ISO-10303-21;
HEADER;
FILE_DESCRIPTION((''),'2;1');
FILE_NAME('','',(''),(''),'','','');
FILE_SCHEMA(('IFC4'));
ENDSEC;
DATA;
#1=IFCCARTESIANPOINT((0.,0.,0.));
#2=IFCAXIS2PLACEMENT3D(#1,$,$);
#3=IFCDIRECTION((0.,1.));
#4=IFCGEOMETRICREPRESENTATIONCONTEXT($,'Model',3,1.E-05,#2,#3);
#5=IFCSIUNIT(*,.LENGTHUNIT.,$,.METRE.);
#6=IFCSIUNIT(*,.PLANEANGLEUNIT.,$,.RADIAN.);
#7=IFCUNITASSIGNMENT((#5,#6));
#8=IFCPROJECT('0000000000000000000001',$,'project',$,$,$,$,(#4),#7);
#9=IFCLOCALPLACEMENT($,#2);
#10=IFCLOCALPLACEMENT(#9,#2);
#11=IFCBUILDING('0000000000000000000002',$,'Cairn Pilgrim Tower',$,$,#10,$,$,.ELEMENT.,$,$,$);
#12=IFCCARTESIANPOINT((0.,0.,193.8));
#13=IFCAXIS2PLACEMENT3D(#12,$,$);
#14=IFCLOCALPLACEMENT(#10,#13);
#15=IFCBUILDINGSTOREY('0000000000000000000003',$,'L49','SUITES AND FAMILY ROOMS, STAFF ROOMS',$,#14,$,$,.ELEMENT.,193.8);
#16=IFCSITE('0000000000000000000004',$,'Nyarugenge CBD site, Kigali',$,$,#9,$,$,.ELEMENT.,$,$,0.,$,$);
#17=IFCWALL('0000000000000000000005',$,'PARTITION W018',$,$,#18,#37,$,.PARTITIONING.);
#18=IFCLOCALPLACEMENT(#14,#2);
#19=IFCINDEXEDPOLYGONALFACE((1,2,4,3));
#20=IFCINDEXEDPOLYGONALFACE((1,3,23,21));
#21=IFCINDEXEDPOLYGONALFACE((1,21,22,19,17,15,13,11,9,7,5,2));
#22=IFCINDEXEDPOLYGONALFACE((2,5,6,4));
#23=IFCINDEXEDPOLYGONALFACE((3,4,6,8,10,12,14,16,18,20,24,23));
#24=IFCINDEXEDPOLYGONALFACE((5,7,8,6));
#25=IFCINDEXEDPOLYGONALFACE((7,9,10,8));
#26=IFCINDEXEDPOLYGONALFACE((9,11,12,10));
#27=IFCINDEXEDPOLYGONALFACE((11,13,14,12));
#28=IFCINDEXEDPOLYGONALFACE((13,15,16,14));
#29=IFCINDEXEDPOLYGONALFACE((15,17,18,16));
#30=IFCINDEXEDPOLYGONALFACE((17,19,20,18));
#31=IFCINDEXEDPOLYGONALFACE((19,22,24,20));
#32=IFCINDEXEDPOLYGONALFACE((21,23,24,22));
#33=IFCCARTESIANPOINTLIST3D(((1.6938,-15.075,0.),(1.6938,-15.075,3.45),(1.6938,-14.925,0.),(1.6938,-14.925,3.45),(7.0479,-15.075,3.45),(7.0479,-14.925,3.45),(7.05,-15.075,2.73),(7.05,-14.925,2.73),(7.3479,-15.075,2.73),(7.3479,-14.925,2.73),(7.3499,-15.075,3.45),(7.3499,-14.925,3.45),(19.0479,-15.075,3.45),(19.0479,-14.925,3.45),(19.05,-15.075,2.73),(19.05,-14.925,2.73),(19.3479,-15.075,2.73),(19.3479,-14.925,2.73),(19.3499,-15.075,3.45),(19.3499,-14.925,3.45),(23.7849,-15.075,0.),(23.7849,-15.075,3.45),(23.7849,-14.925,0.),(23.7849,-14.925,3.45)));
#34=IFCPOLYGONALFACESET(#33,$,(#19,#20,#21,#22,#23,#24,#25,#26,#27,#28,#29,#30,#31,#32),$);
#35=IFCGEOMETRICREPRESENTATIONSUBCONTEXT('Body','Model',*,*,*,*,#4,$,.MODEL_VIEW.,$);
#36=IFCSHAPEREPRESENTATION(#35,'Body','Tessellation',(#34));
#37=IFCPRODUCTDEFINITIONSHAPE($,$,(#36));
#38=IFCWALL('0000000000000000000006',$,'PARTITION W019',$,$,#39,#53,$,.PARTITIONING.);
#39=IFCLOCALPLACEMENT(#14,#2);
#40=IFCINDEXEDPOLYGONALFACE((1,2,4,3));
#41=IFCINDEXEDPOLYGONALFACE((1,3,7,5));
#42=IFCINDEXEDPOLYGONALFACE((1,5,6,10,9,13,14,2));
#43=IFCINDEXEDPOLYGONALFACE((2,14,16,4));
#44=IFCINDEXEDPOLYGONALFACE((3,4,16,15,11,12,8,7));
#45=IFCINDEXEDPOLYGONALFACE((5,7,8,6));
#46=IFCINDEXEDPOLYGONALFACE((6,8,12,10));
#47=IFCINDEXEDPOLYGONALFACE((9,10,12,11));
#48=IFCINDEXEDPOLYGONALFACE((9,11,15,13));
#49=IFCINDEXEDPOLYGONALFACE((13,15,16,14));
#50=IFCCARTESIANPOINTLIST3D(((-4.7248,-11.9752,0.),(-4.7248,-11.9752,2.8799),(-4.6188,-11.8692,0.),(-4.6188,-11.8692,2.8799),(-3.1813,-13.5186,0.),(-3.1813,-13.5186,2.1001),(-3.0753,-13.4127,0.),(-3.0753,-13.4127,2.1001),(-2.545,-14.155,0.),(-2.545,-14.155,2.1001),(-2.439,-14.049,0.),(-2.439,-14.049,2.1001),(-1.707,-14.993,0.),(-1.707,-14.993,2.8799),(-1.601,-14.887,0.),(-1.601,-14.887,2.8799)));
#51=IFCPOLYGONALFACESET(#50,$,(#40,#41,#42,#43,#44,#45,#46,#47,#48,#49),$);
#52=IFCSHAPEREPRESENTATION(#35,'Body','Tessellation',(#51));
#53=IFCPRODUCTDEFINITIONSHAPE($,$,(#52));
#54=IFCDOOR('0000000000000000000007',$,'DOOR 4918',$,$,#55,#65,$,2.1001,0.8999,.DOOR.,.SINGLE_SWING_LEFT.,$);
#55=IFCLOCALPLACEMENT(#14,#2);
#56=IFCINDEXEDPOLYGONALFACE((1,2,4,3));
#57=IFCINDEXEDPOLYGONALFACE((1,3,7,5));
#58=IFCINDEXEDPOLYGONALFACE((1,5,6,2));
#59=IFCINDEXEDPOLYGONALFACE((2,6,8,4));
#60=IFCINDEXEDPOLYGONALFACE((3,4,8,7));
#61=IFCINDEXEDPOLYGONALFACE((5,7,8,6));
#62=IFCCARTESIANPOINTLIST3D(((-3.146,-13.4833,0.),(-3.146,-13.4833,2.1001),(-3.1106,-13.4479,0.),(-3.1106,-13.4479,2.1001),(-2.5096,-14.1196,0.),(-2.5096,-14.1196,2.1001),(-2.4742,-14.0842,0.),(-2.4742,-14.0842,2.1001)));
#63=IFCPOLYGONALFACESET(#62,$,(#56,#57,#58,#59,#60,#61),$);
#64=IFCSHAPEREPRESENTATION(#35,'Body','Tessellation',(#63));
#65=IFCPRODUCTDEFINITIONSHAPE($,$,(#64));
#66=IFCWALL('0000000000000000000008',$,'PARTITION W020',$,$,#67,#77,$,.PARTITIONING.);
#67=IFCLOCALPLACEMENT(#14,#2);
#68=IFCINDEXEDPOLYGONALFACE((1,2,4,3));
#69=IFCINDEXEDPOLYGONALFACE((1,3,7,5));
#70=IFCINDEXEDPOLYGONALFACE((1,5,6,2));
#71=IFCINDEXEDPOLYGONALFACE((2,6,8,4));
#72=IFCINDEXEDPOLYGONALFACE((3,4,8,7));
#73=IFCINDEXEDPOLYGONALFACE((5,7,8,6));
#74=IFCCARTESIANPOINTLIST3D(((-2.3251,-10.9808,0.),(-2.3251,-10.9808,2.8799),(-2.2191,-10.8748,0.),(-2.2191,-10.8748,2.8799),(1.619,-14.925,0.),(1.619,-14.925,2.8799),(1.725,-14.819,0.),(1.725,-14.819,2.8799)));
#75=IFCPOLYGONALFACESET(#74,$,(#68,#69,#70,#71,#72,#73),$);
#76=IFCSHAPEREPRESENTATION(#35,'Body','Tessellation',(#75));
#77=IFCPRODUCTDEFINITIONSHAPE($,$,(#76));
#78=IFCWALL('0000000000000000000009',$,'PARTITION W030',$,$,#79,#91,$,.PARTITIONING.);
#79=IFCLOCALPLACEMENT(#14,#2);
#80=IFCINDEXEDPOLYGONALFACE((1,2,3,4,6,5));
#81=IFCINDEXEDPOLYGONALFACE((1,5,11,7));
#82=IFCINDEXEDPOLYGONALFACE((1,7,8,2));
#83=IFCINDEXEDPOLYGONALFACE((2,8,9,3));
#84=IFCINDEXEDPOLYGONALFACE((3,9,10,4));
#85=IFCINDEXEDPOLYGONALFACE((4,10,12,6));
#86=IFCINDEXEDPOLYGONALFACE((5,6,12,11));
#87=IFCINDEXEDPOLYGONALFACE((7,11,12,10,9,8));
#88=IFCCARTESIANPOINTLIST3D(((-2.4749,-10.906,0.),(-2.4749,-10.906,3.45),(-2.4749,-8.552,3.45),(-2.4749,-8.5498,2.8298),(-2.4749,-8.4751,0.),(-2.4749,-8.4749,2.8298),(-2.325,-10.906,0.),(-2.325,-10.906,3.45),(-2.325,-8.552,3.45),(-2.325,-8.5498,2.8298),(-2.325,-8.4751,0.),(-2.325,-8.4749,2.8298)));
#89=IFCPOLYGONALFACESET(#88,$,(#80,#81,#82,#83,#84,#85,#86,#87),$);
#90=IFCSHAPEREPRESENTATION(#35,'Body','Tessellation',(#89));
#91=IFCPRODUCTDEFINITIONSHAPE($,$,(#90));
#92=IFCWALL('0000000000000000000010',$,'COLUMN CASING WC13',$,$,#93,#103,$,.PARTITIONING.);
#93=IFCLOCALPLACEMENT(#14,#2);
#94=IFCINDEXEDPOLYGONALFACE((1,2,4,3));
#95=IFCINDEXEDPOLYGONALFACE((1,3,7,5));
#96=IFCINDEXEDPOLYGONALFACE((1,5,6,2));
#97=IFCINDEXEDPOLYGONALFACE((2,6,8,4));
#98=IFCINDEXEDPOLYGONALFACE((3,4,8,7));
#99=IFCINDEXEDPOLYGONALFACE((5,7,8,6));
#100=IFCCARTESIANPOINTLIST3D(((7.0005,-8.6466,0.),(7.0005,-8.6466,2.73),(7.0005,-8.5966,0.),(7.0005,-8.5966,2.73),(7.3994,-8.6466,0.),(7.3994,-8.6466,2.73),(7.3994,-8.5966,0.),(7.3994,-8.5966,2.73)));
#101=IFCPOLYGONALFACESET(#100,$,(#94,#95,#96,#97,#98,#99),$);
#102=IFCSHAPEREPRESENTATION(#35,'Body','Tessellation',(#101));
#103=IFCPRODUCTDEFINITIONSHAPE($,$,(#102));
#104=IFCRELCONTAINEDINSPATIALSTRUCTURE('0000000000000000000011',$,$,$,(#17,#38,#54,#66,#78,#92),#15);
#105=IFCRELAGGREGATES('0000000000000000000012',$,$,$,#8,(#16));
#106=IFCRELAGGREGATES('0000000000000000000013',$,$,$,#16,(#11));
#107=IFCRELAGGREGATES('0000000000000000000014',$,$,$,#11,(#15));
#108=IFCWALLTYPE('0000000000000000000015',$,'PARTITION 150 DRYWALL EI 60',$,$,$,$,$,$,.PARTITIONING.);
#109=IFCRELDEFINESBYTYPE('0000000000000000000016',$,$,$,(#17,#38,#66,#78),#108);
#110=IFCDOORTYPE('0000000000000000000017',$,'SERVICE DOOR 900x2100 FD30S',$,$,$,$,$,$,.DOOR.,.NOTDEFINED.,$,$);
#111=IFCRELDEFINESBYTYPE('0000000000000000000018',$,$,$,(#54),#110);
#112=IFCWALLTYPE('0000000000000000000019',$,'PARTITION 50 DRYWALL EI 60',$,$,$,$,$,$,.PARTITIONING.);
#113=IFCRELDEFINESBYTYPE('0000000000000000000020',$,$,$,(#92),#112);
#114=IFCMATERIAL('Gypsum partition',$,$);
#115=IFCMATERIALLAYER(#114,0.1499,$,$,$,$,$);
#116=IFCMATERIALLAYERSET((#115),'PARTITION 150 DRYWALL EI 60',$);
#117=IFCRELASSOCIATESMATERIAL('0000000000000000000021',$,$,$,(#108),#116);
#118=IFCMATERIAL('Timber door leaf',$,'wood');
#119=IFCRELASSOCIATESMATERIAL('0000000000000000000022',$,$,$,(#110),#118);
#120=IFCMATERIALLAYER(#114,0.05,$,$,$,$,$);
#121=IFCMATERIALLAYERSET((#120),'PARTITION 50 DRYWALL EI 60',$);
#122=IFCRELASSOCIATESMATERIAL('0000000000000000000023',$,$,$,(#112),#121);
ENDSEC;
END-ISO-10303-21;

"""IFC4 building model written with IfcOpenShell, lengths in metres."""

from ifc_helpers import new_model, si_unit, direction, frame, frame_2d, origin, place, context, subcontext, project, spatial, polyline, rectangle, outline, extrude, material, layer, layer_set, type_object, element, fill, save


model = new_model("IFC4")

# Units and contexts
model_context = context("Model", 3, precision=1e-05, world=origin(), true_north=direction((0.0, 1.0)))
body_context = subcontext(model_context, "Body", "Model", "MODEL_VIEW")
ifc_project = project(units=[si_unit("LENGTHUNIT", "METRE"), si_unit("PLANEANGLEUNIT", "RADIAN")], contexts=[model_context])

# Site, building, storey
site_placement = place(None, origin())
site = spatial("IfcSite", under=ifc_project, at=site_placement, Name="Nyarugenge CBD site, Kigali", CompositionType="ELEMENT", RefElevation=0.0)
building_placement = place(site_placement, origin())
building = spatial("IfcBuilding", under=site, at=building_placement, Name="Cairn Pilgrim Tower", CompositionType="ELEMENT")
storey_placement = place(building_placement, frame((0.0, 0.0, 193.8)))
storey = spatial("IfcBuildingStorey", under=building, at=storey_placement, Name="L49", Description="SUITES AND FAMILY ROOMS, STAFF ROOMS", CompositionType="ELEMENT", Elevation=193.8)

# Shared definitions
ifc_material_1 = material(Name="Gypsum partition")

# Shared definitions
ifc_material_2 = material(Name="Timber door leaf", Category="wood")

# Shared definitions
ifc_layer_1 = layer(ifc_material_1, 0.1499)
ifc_layer_set_1 = layer_set([ifc_layer_1], Name="PARTITION 150 DRYWALL EI 60")
wall_type_1 = type_object("IfcWallType", Name="PARTITION 150 DRYWALL EI 60", PredefinedType="PARTITIONING", material=ifc_layer_set_1)

# Wall
wall_1_placement = place(storey_placement, frame((1.6938, -15.0, 0.0), z_axis=(0.0, 0.0, 1.0), x_axis=(1.0, 0.0, 0.0)))
element("IfcWall", 1, at=wall_1_placement, inside=storey, type_object=wall_type_1, Name="PARTITION W018", PredefinedType="PARTITIONING", context=body_context, shape_type="SweptSolid", body=[
    extrude(outline(polyline([(0.0, 0.0), (22.0911, 0.0), (22.0911, 3.45), (17.656, 3.45), (17.6541, 2.73), (17.3562, 2.73), (17.354, 3.45), (5.656, 3.45), (5.6541, 2.73), (5.3562, 2.73), (5.354, 3.45), (0.0, 3.45), (0.0, 0.0)])), frame((0.0, 0.075, 0.0), z_axis=(0.0, -1.0, 0.0), x_axis=(1.0, 0.0, 0.0)), (0.0, 0.0, 1.0), 0.1499),
])

# Wall, opening, door
wall_2_placement = place(storey_placement, frame((-1.6541, -14.9399, 0.0), z_axis=(0.0, 0.0, 1.0), x_axis=(-0.707107, 0.707107, 0.0)))
wall_2 = element("IfcWall", 2, at=wall_2_placement, inside=storey, type_object=wall_type_1, Name="PARTITION W019", PredefinedType="PARTITIONING", context=body_context, shape_type="SweptSolid", body=[
    extrude(rectangle(XDim=4.2678, YDim=0.1499, at=frame_2d((2.1338, 0.0))), origin(), (0.0, 0.0, 1.0), 2.8799),
])
opening_1_placement = place(wall_2_placement, frame((1.1851, 0.0, 0.0)))
opening_1 = element("IfcOpeningElement", 3, at=opening_1_placement, cuts=wall_2, PredefinedType="OPENING", context=body_context, shape_type="SweptSolid", body=[
    extrude(rectangle(XDim=0.8999, YDim=2.1001, at=frame_2d((0.45, 1.05))), frame((0.0, 0.085, 0.0), z_axis=(0.0, -1.0, 0.0), x_axis=(1.0, 0.0, 0.0)), (0.0, 0.0, 1.0), 0.1699),
])
door_type_1 = type_object("IfcDoorType", Name="SERVICE DOOR 900x2100 FD30S", OperationType="NOTDEFINED", PredefinedType="DOOR", material=ifc_material_2)
door_1_placement = place(opening_1_placement, origin())
door_1 = element("IfcDoor", 4, at=door_1_placement, inside=storey, type_object=door_type_1, Name="DOOR 4918", OperationType="SINGLE_SWING_LEFT", OverallHeight=2.1001, OverallWidth=0.8999, PredefinedType="DOOR", context=body_context, shape_type="SweptSolid", body=[
    extrude(rectangle(XDim=0.8999, YDim=2.1001, at=frame_2d((0.45, 1.05))), frame((0.0, 0.0249, 0.0), z_axis=(0.0, -1.0, 0.0), x_axis=(1.0, 0.0, 0.0)), (0.0, 0.0, 1.0), 0.05),
])
fill(opening_1, door_1)

# Walls
wall_3_placement = place(storey_placement, frame((1.6721, -14.8721, 0.0), z_axis=(0.0, 0.0, 1.0), x_axis=(-0.707107, 0.707107, 0.0)))
element("IfcWall", 5, at=wall_3_placement, inside=storey, type_object=wall_type_1, Name="PARTITION W020", PredefinedType="PARTITIONING", context=body_context, shape_type="SweptSolid", body=[
    extrude(rectangle(XDim=5.5779, YDim=0.1499, at=frame_2d((2.7891, 0.0))), origin(), (0.0, 0.0, 1.0), 2.8799),
])
wall_4_placement = place(storey_placement, frame((-2.3999, -10.906, 0.0), z_axis=(0.0, 0.0, 1.0), x_axis=(0.0, 1.0, 0.0)))
element("IfcWall", 6, at=wall_4_placement, inside=storey, type_object=wall_type_1, Name="PARTITION W030", PredefinedType="PARTITIONING", context=body_context, shape_type="SweptSolid", body=[
    extrude(outline(polyline([(0.0, 0.0), (2.4309, 0.0), (2.4312, 2.8298), (2.3562, 2.8298), (2.354, 3.45), (0.0, 3.45), (0.0, 0.0)])), frame((0.0, 0.075, 0.0), z_axis=(0.0, -1.0, 0.0), x_axis=(1.0, 0.0, 0.0)), (0.0, 0.0, 1.0), 0.1499),
])
ifc_layer_2 = layer(ifc_material_1, 0.05)
ifc_layer_set_2 = layer_set([ifc_layer_2], Name="PARTITION 50 DRYWALL EI 60")
wall_type_2 = type_object("IfcWallType", Name="PARTITION 50 DRYWALL EI 60", PredefinedType="PARTITIONING", material=ifc_layer_set_2)
wall_5_placement = place(storey_placement, frame((7.0005, -8.6216, 0.0), z_axis=(0.0, 0.0, 1.0), x_axis=(1.0, 0.0, 0.0)))
element("IfcWall", 7, at=wall_5_placement, inside=storey, type_object=wall_type_2, Name="COLUMN CASING WC13", PredefinedType="PARTITIONING", context=body_context, shape_type="SweptSolid", body=[
    extrude(rectangle(XDim=0.3989, YDim=0.05, at=frame_2d((0.1995, 0.0))), origin(), (0.0, 0.0, 1.0), 2.73),
])

save(model, "model.ifc")
